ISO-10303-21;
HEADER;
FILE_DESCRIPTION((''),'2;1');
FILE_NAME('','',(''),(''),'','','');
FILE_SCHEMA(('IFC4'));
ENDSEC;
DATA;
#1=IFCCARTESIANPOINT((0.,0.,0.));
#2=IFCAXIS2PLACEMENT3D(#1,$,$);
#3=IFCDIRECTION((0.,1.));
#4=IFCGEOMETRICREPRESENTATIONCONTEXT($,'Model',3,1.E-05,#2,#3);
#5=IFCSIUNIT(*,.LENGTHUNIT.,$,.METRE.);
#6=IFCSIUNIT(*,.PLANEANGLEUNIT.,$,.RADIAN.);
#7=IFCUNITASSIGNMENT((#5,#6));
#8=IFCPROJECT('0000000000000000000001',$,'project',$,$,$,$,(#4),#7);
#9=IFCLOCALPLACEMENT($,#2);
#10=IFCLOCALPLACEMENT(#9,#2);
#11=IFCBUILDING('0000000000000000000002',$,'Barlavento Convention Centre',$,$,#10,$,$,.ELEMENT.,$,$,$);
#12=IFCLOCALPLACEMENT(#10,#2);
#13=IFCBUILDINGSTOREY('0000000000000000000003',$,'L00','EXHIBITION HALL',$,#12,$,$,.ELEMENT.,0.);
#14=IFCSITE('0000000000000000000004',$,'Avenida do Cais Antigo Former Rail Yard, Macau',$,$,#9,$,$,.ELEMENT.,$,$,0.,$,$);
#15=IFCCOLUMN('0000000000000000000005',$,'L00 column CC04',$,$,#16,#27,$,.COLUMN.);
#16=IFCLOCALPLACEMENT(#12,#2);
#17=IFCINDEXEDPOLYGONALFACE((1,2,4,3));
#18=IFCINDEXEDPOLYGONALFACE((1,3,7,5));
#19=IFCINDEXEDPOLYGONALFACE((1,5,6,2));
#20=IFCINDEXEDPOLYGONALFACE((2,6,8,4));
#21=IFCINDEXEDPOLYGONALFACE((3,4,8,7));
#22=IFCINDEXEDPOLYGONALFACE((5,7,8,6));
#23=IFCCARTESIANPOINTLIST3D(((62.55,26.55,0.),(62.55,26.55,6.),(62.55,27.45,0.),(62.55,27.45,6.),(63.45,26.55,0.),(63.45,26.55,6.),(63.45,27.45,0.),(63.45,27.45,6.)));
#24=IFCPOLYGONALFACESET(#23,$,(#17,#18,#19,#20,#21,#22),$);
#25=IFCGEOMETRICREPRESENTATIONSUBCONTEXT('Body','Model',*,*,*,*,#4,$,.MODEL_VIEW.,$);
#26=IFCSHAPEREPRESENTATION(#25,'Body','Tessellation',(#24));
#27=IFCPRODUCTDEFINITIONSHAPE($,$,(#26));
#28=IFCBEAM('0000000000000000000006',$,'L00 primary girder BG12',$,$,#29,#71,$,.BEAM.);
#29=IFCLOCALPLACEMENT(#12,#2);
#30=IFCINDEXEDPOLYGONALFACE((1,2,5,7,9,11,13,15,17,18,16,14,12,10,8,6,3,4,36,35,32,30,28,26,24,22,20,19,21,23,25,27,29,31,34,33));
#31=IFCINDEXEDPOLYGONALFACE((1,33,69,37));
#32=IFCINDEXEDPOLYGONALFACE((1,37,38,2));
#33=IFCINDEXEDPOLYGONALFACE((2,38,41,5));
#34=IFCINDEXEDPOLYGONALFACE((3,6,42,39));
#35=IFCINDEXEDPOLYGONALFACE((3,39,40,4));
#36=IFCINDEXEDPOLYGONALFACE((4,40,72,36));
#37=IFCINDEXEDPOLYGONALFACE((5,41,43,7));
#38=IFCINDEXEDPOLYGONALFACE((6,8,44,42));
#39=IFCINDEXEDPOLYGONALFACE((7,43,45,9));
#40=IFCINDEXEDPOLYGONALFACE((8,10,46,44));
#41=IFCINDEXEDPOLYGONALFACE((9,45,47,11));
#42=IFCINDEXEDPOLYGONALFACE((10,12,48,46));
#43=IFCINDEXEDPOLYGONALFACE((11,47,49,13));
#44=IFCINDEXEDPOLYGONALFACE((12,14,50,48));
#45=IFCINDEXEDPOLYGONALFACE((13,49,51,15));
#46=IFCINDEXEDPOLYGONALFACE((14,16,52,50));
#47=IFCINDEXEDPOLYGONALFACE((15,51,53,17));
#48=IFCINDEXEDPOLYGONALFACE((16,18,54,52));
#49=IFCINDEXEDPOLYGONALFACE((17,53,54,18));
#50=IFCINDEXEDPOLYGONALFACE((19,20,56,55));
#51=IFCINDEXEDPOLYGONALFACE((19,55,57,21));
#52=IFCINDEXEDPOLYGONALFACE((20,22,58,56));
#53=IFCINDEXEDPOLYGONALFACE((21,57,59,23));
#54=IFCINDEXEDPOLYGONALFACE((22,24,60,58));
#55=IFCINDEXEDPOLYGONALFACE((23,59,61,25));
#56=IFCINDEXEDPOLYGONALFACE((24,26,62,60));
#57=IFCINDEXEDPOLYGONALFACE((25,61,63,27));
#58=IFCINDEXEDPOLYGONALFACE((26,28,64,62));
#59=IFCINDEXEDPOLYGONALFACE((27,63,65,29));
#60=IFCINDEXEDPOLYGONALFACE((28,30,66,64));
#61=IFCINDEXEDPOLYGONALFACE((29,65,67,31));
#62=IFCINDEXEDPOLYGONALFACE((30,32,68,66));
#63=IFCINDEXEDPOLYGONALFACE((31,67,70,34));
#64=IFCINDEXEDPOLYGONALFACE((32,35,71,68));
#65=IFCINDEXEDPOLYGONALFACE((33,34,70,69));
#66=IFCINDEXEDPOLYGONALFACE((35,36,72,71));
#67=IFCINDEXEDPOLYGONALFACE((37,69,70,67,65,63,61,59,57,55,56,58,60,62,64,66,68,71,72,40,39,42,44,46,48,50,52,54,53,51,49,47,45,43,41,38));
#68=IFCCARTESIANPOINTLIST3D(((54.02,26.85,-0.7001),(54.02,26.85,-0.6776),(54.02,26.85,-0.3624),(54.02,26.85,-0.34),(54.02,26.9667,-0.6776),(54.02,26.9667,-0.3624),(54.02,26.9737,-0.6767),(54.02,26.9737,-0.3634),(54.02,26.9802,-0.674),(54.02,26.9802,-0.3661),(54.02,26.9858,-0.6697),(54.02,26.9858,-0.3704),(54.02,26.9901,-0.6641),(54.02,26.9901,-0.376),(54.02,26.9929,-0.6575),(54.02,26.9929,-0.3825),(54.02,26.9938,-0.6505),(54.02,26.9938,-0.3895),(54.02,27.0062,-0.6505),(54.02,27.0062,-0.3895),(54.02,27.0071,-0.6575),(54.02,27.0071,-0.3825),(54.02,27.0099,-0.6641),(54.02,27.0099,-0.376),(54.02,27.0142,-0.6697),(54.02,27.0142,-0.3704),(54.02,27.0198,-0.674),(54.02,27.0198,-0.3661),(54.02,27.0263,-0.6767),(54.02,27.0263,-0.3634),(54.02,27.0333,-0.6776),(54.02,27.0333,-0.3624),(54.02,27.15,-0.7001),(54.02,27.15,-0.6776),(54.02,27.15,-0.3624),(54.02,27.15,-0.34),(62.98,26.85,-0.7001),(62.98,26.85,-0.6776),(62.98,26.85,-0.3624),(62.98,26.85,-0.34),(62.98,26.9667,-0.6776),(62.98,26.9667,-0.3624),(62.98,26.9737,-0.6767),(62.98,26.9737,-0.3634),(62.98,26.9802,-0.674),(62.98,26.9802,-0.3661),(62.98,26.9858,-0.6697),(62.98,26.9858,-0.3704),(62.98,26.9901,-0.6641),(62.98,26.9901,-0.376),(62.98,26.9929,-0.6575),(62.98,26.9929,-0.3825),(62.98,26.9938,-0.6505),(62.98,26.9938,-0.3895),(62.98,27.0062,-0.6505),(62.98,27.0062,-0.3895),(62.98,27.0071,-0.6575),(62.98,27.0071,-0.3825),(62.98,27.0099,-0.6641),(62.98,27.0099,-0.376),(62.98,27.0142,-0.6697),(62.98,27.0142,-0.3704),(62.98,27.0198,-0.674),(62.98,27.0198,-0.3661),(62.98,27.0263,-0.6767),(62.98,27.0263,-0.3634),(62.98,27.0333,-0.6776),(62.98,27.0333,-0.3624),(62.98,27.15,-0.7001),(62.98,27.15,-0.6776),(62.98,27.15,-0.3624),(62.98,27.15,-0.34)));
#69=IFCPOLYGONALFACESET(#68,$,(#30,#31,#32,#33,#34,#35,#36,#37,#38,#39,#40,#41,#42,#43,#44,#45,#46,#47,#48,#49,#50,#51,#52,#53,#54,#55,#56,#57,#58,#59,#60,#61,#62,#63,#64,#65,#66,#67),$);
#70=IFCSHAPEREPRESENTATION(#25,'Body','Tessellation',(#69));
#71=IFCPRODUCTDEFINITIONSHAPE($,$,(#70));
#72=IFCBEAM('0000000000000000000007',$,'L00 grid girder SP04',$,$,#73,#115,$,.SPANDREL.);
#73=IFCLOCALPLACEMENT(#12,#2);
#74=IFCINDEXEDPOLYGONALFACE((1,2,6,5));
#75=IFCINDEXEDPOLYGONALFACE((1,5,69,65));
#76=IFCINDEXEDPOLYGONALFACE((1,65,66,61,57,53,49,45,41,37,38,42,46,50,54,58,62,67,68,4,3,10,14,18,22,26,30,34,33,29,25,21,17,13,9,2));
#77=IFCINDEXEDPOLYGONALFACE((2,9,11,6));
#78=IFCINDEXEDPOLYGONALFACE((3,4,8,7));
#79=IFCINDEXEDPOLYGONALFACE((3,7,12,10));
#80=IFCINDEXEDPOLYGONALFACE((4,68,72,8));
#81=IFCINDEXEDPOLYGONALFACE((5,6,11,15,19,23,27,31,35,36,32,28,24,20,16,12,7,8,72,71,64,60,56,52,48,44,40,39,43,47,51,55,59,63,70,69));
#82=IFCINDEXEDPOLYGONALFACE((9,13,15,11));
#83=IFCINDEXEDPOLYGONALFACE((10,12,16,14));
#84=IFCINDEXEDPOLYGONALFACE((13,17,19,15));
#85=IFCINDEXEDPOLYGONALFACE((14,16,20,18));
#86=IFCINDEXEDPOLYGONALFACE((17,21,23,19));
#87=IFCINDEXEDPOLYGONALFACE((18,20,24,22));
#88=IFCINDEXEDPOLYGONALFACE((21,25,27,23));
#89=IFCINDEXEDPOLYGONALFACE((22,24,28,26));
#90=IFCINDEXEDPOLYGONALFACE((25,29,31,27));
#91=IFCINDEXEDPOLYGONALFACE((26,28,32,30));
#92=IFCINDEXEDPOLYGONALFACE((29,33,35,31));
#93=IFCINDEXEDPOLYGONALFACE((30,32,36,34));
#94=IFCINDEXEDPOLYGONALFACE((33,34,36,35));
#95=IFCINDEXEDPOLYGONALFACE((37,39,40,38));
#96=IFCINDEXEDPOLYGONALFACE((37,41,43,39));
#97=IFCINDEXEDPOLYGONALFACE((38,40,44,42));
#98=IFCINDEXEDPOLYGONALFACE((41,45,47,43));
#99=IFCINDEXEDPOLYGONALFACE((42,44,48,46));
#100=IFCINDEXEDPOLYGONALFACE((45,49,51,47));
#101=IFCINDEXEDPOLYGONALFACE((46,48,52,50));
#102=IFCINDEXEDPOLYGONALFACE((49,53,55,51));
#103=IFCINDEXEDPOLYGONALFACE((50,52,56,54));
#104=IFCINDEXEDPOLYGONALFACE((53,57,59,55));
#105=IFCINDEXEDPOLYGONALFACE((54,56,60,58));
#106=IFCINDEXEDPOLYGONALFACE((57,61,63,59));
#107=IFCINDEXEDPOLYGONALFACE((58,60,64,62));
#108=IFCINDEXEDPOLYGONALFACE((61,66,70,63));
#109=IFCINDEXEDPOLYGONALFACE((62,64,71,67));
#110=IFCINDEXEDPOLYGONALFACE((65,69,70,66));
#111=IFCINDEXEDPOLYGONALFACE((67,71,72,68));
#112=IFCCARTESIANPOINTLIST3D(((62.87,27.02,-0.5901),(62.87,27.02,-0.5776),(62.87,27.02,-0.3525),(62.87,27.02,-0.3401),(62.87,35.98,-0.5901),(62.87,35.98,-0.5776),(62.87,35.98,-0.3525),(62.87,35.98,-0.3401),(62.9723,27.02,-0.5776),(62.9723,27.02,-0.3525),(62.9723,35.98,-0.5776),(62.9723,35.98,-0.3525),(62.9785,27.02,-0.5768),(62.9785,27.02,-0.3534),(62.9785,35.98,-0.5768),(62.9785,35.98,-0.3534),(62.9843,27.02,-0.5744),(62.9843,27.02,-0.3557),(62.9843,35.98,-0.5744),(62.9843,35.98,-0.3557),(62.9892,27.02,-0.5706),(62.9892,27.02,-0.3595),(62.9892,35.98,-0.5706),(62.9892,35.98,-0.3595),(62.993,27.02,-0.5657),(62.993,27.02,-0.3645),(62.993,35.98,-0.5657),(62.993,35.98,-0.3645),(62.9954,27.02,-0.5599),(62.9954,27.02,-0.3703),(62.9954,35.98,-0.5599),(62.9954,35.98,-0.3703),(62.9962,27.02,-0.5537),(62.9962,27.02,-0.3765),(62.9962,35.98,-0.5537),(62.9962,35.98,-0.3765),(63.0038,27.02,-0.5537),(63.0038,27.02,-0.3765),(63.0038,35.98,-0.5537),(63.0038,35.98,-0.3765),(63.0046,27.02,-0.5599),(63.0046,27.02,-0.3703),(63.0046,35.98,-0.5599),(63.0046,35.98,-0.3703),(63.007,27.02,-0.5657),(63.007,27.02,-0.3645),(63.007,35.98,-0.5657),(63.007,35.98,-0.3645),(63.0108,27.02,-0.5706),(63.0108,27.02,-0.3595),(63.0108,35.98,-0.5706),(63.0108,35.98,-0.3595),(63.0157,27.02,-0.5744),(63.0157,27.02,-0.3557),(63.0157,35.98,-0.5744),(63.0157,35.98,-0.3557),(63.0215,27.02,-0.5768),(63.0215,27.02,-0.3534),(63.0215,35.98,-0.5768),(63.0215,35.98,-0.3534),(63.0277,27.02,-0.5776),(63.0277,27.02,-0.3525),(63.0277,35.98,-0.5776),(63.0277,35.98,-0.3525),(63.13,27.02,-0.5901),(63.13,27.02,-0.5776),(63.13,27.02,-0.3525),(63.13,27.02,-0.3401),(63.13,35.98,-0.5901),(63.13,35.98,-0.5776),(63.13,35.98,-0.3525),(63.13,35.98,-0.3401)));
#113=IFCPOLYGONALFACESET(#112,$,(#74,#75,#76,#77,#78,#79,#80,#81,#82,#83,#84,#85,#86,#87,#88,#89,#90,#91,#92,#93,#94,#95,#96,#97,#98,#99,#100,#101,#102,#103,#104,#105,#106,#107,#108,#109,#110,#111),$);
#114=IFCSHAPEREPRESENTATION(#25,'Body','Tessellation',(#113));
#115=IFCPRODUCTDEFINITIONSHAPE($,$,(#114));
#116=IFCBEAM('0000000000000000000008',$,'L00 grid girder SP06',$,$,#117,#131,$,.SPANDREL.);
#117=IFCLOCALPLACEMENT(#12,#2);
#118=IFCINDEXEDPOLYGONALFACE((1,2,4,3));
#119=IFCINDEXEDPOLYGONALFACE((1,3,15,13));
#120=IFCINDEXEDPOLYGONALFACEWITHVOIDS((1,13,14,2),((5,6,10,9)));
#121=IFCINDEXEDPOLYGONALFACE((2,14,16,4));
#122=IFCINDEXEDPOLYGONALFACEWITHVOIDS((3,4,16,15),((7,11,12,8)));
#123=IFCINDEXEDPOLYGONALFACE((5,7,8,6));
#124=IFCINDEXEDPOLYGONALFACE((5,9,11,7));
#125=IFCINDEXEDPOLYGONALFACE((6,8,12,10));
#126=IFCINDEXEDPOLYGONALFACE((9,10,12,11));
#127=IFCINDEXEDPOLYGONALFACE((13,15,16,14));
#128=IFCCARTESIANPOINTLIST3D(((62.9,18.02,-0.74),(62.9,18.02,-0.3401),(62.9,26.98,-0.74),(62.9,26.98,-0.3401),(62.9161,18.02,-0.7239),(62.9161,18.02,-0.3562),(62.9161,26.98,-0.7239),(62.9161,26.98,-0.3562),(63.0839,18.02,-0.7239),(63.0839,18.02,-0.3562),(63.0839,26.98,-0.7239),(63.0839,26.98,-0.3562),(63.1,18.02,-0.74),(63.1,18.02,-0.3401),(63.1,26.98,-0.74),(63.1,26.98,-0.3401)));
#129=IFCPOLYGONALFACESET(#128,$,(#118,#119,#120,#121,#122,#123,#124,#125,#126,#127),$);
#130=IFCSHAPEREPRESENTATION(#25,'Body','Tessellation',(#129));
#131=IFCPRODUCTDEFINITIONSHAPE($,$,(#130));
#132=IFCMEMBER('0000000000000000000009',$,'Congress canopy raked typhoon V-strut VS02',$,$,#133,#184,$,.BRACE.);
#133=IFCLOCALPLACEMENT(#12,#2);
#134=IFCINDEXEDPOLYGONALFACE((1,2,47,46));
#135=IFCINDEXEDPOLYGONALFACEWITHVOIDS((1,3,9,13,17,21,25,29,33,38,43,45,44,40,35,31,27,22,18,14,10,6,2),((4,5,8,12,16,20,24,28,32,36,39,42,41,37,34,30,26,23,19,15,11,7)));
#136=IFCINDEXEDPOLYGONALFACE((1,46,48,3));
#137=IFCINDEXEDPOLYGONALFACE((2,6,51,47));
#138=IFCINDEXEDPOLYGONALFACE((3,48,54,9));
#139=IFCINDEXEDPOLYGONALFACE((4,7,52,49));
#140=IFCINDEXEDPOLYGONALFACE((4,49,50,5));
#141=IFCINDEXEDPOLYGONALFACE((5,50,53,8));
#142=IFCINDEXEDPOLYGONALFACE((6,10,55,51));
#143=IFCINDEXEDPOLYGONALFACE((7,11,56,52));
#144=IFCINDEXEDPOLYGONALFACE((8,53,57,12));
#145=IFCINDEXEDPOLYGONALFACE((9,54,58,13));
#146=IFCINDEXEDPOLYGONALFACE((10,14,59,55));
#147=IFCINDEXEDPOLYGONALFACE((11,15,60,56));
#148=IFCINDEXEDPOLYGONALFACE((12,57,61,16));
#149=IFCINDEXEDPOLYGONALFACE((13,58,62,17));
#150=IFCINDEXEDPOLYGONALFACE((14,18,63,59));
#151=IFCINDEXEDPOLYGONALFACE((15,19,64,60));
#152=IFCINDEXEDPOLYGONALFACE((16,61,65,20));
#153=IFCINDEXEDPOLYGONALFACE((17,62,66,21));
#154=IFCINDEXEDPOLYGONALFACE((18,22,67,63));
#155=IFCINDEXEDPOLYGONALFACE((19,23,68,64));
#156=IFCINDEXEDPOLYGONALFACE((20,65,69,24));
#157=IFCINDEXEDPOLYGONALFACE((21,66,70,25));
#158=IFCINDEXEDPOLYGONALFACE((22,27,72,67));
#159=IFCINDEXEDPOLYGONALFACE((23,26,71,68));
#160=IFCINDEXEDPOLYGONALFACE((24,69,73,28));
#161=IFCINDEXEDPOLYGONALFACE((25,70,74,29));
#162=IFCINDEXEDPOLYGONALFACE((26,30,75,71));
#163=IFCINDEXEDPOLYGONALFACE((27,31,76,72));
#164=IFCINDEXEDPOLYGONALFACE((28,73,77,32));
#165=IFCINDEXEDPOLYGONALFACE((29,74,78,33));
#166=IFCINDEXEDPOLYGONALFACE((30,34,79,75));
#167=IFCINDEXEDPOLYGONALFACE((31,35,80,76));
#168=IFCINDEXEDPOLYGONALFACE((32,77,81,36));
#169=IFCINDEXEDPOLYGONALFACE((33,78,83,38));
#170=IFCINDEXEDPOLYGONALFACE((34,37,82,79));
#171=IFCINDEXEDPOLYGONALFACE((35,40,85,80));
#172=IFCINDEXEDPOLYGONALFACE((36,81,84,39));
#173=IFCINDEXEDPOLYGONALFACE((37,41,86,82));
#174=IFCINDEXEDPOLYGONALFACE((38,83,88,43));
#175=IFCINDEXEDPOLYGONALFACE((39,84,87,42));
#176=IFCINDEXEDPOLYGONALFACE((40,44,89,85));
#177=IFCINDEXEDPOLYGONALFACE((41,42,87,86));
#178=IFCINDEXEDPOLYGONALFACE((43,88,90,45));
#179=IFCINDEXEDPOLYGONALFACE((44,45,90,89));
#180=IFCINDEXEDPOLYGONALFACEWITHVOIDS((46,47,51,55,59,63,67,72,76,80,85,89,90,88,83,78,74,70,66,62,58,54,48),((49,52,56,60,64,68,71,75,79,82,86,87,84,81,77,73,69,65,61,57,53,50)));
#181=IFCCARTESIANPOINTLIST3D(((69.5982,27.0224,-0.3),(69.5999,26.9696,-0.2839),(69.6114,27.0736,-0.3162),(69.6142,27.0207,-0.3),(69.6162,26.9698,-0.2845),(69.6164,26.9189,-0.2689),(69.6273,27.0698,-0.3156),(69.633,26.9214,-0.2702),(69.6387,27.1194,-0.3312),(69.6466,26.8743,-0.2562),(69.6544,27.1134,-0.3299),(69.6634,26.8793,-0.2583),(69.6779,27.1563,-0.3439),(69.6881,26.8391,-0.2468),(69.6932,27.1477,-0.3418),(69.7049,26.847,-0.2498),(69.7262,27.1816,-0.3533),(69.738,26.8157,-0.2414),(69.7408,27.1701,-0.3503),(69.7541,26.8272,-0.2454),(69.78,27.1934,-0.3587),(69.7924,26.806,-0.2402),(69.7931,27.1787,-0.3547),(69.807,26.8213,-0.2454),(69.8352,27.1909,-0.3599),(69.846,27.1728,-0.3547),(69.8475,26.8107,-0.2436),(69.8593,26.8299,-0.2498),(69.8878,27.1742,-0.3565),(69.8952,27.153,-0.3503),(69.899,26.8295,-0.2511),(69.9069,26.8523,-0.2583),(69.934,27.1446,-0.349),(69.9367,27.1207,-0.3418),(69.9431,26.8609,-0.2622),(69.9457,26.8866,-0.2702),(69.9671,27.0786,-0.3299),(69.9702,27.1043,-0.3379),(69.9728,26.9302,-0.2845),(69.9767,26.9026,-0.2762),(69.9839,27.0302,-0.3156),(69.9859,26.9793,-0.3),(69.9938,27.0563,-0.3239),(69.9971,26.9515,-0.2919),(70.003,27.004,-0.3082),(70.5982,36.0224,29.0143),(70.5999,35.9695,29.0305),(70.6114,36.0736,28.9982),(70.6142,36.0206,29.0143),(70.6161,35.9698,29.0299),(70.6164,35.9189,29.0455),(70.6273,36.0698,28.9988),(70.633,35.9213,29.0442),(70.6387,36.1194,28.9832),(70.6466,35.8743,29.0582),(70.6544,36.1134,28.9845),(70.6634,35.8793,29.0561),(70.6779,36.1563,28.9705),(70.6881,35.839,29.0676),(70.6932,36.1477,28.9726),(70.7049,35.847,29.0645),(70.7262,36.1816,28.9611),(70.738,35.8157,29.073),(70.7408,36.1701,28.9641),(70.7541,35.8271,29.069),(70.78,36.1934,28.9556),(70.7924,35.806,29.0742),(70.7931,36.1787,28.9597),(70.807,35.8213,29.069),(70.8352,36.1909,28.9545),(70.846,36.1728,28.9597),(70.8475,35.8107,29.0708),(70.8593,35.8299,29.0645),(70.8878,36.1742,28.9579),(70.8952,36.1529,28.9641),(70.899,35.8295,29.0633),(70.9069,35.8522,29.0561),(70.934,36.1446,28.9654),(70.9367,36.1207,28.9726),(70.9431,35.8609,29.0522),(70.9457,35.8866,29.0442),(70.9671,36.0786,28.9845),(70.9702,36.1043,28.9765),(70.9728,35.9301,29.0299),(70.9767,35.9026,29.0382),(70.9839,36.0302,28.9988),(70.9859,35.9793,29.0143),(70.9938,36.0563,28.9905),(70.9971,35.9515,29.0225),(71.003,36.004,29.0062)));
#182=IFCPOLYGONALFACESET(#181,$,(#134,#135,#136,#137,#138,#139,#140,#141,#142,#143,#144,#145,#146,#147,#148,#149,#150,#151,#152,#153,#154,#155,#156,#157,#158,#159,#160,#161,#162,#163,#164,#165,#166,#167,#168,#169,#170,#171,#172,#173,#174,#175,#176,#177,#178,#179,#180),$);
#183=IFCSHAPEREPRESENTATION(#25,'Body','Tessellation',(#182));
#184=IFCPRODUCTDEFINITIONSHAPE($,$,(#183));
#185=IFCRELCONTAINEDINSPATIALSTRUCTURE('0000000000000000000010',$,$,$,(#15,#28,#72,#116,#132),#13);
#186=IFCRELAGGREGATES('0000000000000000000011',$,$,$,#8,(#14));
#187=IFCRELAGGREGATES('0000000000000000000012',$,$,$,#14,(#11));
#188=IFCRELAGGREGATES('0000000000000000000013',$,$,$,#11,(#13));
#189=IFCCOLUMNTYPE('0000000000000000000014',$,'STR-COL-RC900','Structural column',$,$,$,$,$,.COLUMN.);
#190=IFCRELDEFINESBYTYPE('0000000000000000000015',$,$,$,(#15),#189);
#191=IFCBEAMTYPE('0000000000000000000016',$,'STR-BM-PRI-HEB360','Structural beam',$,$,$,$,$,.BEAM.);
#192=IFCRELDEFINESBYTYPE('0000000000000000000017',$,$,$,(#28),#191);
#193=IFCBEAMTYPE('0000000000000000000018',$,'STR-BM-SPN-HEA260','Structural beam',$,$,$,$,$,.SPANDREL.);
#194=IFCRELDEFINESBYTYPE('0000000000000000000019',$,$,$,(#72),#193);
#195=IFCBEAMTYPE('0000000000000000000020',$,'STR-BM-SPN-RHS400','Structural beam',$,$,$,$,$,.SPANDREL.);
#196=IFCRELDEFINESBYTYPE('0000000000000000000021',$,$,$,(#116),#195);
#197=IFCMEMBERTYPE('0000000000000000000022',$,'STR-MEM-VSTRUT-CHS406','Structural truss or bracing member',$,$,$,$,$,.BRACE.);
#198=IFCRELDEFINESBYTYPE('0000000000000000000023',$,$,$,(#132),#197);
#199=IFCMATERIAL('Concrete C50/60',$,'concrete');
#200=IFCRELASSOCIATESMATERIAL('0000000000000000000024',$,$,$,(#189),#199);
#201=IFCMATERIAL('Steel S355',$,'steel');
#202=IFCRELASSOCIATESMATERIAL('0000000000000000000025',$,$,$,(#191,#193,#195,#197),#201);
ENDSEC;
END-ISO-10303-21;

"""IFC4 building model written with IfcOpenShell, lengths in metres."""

from ifc_helpers import new_model, si_unit, direction, frame, origin, origin_2d, place, context, subcontext, project, spatial, rectangle, hollow_rectangle, hollow_circle, i_section, extrude, material, material_profile, profile_set, type_object, element, save


model = new_model("IFC4")

# Units and contexts
model_context = context("Model", 3, precision=1e-05, world=origin(), true_north=direction((0.0, 1.0)))
body_context = subcontext(model_context, "Body", "Model", "MODEL_VIEW")
ifc_project = project(units=[si_unit("LENGTHUNIT", "METRE"), si_unit("PLANEANGLEUNIT", "RADIAN")], contexts=[model_context])

# Site, building, storey
site_placement = place(None, origin())
site = spatial("IfcSite", under=ifc_project, at=site_placement, Name="Avenida do Cais Antigo Former Rail Yard, Macau", CompositionType="ELEMENT", RefElevation=0.0)
building_placement = place(site_placement, origin())
building = spatial("IfcBuilding", under=site, at=building_placement, Name="Barlavento Convention Centre", CompositionType="ELEMENT")
storey_placement = place(building_placement, origin())
storey = spatial("IfcBuildingStorey", under=building, at=storey_placement, Name="L00", Description="EXHIBITION HALL", CompositionType="ELEMENT", Elevation=0.0)

# Column
ifc_material_1 = material(Name="Concrete C50/60", Category="concrete")
ifc_material_profile_1 = material_profile(ifc_material_1, rectangle(XDim=0.8999, YDim=0.8999, at=origin_2d()), Name="RC 900x900")
ifc_profile_set_1 = profile_set([ifc_material_profile_1], Name="Concrete C50/60")
column_type = type_object("IfcColumnType", Name="STR-COL-RC900", Description="Structural column", PredefinedType="COLUMN", material=ifc_profile_set_1)
column_placement = place(storey_placement, frame((63.0, 27.0, 0.0), z_axis=(0.0, 0.0, 1.0), x_axis=(1.0, 0.0, 0.0)))
element("IfcColumn", 1, at=column_placement, inside=storey, type_object=column_type, Name="L00 column CC04", PredefinedType="COLUMN", context=body_context, shape_type="SweptSolid", body=[
    extrude(rectangle(XDim=0.8999, YDim=0.8999, at=origin_2d()), origin(), (0.0, 0.0, 1.0), 6.0),
])

# Beams
ifc_material_2 = material(Name="Steel S355", Category="steel")
ifc_material_profile_2 = material_profile(ifc_material_2, i_section(OverallWidth=0.3, OverallDepth=0.3601, WebThickness=0.0125, FlangeThickness=0.0225, FilletRadius=0.0271, at=origin_2d()), Name="HEB 360")
ifc_profile_set_2 = profile_set([ifc_material_profile_2], Name="Steel S355")
beam_type_1 = type_object("IfcBeamType", Name="STR-BM-PRI-HEB360", Description="Structural beam", PredefinedType="BEAM", material=ifc_profile_set_2)
beam_1_placement = place(storey_placement, frame((54.02, 27.0, -0.52), z_axis=(1.0, 0.0, 0.0), x_axis=(0.0, 1.0, 0.0)))
element("IfcBeam", 2, at=beam_1_placement, inside=storey, type_object=beam_type_1, Name="L00 primary girder BG12", PredefinedType="BEAM", context=body_context, shape_type="SweptSolid", body=[
    extrude(i_section(OverallWidth=0.3, OverallDepth=0.3601, WebThickness=0.0125, FlangeThickness=0.0225, FilletRadius=0.0271, at=origin_2d()), origin(), (0.0, 0.0, 1.0), 8.96),
])
ifc_material_profile_3 = material_profile(ifc_material_2, i_section(OverallWidth=0.26, OverallDepth=0.25, WebThickness=0.0076, FlangeThickness=0.0125, FilletRadius=0.0239, at=origin_2d()), Name="HEA 260")
ifc_profile_set_3 = profile_set([ifc_material_profile_3], Name="Steel S355")
beam_type_2 = type_object("IfcBeamType", Name="STR-BM-SPN-HEA260", Description="Structural beam", PredefinedType="SPANDREL", material=ifc_profile_set_3)
beam_2_placement = place(storey_placement, frame((63.0, 27.02, -0.4651), z_axis=(0.0, 1.0, 0.0), x_axis=(-1.0, 0.0, 0.0)))
element("IfcBeam", 3, at=beam_2_placement, inside=storey, type_object=beam_type_2, Name="L00 grid girder SP04", PredefinedType="SPANDREL", context=body_context, shape_type="SweptSolid", body=[
    extrude(i_section(OverallWidth=0.26, OverallDepth=0.25, WebThickness=0.0076, FlangeThickness=0.0125, FilletRadius=0.0239, at=origin_2d()), origin(), (0.0, 0.0, 1.0), 8.96),
])
ifc_material_profile_4 = material_profile(ifc_material_2, hollow_rectangle(XDim=0.2, YDim=0.3999, WallThickness=0.0161, at=origin_2d()), Name="RHS 400x200x16.0")
ifc_profile_set_4 = profile_set([ifc_material_profile_4], Name="Steel S355")
beam_type_3 = type_object("IfcBeamType", Name="STR-BM-SPN-RHS400", Description="Structural beam", PredefinedType="SPANDREL", material=ifc_profile_set_4)
beam_3_placement = place(storey_placement, frame((63.0, 18.02, -0.54), z_axis=(0.0, 1.0, 0.0), x_axis=(-1.0, 0.0, 0.0)))
element("IfcBeam", 4, at=beam_3_placement, inside=storey, type_object=beam_type_3, Name="L00 grid girder SP06", PredefinedType="SPANDREL", context=body_context, shape_type="SweptSolid", body=[
    extrude(hollow_rectangle(XDim=0.2, YDim=0.3999, WallThickness=0.0161, at=origin_2d()), origin(), (0.0, 0.0, 1.0), 8.96),
])

# Member
ifc_material_profile_5 = material_profile(ifc_material_2, hollow_circle(Radius=0.2031, WallThickness=0.0161, at=origin_2d()), Name="CHS 406.4x16.0")
ifc_profile_set_5 = profile_set([ifc_material_profile_5], Name="Steel S355")
member_type_1 = type_object("IfcMemberType", Name="STR-MEM-VSTRUT-CHS406", Description="Structural truss or bracing member", PredefinedType="BRACE", material=ifc_profile_set_5)
member_1_placement = place(storey_placement, frame((69.8, 27.0, -0.3), z_axis=(0.032593, 0.293339, 0.955453), x_axis=(-0.993884, 0.110432, 0.0)))
element("IfcMember", 5, at=member_1_placement, inside=storey, type_object=member_type_1, Name="Congress canopy raked typhoon V-strut VS02", PredefinedType="BRACE", context=body_context, shape_type="SweptSolid", body=[
    extrude(hollow_circle(Radius=0.2031, WallThickness=0.0161, at=origin_2d()), origin(), (0.0, 0.0, 1.0), 30.6812),
])

save(model, "model.ifc")
